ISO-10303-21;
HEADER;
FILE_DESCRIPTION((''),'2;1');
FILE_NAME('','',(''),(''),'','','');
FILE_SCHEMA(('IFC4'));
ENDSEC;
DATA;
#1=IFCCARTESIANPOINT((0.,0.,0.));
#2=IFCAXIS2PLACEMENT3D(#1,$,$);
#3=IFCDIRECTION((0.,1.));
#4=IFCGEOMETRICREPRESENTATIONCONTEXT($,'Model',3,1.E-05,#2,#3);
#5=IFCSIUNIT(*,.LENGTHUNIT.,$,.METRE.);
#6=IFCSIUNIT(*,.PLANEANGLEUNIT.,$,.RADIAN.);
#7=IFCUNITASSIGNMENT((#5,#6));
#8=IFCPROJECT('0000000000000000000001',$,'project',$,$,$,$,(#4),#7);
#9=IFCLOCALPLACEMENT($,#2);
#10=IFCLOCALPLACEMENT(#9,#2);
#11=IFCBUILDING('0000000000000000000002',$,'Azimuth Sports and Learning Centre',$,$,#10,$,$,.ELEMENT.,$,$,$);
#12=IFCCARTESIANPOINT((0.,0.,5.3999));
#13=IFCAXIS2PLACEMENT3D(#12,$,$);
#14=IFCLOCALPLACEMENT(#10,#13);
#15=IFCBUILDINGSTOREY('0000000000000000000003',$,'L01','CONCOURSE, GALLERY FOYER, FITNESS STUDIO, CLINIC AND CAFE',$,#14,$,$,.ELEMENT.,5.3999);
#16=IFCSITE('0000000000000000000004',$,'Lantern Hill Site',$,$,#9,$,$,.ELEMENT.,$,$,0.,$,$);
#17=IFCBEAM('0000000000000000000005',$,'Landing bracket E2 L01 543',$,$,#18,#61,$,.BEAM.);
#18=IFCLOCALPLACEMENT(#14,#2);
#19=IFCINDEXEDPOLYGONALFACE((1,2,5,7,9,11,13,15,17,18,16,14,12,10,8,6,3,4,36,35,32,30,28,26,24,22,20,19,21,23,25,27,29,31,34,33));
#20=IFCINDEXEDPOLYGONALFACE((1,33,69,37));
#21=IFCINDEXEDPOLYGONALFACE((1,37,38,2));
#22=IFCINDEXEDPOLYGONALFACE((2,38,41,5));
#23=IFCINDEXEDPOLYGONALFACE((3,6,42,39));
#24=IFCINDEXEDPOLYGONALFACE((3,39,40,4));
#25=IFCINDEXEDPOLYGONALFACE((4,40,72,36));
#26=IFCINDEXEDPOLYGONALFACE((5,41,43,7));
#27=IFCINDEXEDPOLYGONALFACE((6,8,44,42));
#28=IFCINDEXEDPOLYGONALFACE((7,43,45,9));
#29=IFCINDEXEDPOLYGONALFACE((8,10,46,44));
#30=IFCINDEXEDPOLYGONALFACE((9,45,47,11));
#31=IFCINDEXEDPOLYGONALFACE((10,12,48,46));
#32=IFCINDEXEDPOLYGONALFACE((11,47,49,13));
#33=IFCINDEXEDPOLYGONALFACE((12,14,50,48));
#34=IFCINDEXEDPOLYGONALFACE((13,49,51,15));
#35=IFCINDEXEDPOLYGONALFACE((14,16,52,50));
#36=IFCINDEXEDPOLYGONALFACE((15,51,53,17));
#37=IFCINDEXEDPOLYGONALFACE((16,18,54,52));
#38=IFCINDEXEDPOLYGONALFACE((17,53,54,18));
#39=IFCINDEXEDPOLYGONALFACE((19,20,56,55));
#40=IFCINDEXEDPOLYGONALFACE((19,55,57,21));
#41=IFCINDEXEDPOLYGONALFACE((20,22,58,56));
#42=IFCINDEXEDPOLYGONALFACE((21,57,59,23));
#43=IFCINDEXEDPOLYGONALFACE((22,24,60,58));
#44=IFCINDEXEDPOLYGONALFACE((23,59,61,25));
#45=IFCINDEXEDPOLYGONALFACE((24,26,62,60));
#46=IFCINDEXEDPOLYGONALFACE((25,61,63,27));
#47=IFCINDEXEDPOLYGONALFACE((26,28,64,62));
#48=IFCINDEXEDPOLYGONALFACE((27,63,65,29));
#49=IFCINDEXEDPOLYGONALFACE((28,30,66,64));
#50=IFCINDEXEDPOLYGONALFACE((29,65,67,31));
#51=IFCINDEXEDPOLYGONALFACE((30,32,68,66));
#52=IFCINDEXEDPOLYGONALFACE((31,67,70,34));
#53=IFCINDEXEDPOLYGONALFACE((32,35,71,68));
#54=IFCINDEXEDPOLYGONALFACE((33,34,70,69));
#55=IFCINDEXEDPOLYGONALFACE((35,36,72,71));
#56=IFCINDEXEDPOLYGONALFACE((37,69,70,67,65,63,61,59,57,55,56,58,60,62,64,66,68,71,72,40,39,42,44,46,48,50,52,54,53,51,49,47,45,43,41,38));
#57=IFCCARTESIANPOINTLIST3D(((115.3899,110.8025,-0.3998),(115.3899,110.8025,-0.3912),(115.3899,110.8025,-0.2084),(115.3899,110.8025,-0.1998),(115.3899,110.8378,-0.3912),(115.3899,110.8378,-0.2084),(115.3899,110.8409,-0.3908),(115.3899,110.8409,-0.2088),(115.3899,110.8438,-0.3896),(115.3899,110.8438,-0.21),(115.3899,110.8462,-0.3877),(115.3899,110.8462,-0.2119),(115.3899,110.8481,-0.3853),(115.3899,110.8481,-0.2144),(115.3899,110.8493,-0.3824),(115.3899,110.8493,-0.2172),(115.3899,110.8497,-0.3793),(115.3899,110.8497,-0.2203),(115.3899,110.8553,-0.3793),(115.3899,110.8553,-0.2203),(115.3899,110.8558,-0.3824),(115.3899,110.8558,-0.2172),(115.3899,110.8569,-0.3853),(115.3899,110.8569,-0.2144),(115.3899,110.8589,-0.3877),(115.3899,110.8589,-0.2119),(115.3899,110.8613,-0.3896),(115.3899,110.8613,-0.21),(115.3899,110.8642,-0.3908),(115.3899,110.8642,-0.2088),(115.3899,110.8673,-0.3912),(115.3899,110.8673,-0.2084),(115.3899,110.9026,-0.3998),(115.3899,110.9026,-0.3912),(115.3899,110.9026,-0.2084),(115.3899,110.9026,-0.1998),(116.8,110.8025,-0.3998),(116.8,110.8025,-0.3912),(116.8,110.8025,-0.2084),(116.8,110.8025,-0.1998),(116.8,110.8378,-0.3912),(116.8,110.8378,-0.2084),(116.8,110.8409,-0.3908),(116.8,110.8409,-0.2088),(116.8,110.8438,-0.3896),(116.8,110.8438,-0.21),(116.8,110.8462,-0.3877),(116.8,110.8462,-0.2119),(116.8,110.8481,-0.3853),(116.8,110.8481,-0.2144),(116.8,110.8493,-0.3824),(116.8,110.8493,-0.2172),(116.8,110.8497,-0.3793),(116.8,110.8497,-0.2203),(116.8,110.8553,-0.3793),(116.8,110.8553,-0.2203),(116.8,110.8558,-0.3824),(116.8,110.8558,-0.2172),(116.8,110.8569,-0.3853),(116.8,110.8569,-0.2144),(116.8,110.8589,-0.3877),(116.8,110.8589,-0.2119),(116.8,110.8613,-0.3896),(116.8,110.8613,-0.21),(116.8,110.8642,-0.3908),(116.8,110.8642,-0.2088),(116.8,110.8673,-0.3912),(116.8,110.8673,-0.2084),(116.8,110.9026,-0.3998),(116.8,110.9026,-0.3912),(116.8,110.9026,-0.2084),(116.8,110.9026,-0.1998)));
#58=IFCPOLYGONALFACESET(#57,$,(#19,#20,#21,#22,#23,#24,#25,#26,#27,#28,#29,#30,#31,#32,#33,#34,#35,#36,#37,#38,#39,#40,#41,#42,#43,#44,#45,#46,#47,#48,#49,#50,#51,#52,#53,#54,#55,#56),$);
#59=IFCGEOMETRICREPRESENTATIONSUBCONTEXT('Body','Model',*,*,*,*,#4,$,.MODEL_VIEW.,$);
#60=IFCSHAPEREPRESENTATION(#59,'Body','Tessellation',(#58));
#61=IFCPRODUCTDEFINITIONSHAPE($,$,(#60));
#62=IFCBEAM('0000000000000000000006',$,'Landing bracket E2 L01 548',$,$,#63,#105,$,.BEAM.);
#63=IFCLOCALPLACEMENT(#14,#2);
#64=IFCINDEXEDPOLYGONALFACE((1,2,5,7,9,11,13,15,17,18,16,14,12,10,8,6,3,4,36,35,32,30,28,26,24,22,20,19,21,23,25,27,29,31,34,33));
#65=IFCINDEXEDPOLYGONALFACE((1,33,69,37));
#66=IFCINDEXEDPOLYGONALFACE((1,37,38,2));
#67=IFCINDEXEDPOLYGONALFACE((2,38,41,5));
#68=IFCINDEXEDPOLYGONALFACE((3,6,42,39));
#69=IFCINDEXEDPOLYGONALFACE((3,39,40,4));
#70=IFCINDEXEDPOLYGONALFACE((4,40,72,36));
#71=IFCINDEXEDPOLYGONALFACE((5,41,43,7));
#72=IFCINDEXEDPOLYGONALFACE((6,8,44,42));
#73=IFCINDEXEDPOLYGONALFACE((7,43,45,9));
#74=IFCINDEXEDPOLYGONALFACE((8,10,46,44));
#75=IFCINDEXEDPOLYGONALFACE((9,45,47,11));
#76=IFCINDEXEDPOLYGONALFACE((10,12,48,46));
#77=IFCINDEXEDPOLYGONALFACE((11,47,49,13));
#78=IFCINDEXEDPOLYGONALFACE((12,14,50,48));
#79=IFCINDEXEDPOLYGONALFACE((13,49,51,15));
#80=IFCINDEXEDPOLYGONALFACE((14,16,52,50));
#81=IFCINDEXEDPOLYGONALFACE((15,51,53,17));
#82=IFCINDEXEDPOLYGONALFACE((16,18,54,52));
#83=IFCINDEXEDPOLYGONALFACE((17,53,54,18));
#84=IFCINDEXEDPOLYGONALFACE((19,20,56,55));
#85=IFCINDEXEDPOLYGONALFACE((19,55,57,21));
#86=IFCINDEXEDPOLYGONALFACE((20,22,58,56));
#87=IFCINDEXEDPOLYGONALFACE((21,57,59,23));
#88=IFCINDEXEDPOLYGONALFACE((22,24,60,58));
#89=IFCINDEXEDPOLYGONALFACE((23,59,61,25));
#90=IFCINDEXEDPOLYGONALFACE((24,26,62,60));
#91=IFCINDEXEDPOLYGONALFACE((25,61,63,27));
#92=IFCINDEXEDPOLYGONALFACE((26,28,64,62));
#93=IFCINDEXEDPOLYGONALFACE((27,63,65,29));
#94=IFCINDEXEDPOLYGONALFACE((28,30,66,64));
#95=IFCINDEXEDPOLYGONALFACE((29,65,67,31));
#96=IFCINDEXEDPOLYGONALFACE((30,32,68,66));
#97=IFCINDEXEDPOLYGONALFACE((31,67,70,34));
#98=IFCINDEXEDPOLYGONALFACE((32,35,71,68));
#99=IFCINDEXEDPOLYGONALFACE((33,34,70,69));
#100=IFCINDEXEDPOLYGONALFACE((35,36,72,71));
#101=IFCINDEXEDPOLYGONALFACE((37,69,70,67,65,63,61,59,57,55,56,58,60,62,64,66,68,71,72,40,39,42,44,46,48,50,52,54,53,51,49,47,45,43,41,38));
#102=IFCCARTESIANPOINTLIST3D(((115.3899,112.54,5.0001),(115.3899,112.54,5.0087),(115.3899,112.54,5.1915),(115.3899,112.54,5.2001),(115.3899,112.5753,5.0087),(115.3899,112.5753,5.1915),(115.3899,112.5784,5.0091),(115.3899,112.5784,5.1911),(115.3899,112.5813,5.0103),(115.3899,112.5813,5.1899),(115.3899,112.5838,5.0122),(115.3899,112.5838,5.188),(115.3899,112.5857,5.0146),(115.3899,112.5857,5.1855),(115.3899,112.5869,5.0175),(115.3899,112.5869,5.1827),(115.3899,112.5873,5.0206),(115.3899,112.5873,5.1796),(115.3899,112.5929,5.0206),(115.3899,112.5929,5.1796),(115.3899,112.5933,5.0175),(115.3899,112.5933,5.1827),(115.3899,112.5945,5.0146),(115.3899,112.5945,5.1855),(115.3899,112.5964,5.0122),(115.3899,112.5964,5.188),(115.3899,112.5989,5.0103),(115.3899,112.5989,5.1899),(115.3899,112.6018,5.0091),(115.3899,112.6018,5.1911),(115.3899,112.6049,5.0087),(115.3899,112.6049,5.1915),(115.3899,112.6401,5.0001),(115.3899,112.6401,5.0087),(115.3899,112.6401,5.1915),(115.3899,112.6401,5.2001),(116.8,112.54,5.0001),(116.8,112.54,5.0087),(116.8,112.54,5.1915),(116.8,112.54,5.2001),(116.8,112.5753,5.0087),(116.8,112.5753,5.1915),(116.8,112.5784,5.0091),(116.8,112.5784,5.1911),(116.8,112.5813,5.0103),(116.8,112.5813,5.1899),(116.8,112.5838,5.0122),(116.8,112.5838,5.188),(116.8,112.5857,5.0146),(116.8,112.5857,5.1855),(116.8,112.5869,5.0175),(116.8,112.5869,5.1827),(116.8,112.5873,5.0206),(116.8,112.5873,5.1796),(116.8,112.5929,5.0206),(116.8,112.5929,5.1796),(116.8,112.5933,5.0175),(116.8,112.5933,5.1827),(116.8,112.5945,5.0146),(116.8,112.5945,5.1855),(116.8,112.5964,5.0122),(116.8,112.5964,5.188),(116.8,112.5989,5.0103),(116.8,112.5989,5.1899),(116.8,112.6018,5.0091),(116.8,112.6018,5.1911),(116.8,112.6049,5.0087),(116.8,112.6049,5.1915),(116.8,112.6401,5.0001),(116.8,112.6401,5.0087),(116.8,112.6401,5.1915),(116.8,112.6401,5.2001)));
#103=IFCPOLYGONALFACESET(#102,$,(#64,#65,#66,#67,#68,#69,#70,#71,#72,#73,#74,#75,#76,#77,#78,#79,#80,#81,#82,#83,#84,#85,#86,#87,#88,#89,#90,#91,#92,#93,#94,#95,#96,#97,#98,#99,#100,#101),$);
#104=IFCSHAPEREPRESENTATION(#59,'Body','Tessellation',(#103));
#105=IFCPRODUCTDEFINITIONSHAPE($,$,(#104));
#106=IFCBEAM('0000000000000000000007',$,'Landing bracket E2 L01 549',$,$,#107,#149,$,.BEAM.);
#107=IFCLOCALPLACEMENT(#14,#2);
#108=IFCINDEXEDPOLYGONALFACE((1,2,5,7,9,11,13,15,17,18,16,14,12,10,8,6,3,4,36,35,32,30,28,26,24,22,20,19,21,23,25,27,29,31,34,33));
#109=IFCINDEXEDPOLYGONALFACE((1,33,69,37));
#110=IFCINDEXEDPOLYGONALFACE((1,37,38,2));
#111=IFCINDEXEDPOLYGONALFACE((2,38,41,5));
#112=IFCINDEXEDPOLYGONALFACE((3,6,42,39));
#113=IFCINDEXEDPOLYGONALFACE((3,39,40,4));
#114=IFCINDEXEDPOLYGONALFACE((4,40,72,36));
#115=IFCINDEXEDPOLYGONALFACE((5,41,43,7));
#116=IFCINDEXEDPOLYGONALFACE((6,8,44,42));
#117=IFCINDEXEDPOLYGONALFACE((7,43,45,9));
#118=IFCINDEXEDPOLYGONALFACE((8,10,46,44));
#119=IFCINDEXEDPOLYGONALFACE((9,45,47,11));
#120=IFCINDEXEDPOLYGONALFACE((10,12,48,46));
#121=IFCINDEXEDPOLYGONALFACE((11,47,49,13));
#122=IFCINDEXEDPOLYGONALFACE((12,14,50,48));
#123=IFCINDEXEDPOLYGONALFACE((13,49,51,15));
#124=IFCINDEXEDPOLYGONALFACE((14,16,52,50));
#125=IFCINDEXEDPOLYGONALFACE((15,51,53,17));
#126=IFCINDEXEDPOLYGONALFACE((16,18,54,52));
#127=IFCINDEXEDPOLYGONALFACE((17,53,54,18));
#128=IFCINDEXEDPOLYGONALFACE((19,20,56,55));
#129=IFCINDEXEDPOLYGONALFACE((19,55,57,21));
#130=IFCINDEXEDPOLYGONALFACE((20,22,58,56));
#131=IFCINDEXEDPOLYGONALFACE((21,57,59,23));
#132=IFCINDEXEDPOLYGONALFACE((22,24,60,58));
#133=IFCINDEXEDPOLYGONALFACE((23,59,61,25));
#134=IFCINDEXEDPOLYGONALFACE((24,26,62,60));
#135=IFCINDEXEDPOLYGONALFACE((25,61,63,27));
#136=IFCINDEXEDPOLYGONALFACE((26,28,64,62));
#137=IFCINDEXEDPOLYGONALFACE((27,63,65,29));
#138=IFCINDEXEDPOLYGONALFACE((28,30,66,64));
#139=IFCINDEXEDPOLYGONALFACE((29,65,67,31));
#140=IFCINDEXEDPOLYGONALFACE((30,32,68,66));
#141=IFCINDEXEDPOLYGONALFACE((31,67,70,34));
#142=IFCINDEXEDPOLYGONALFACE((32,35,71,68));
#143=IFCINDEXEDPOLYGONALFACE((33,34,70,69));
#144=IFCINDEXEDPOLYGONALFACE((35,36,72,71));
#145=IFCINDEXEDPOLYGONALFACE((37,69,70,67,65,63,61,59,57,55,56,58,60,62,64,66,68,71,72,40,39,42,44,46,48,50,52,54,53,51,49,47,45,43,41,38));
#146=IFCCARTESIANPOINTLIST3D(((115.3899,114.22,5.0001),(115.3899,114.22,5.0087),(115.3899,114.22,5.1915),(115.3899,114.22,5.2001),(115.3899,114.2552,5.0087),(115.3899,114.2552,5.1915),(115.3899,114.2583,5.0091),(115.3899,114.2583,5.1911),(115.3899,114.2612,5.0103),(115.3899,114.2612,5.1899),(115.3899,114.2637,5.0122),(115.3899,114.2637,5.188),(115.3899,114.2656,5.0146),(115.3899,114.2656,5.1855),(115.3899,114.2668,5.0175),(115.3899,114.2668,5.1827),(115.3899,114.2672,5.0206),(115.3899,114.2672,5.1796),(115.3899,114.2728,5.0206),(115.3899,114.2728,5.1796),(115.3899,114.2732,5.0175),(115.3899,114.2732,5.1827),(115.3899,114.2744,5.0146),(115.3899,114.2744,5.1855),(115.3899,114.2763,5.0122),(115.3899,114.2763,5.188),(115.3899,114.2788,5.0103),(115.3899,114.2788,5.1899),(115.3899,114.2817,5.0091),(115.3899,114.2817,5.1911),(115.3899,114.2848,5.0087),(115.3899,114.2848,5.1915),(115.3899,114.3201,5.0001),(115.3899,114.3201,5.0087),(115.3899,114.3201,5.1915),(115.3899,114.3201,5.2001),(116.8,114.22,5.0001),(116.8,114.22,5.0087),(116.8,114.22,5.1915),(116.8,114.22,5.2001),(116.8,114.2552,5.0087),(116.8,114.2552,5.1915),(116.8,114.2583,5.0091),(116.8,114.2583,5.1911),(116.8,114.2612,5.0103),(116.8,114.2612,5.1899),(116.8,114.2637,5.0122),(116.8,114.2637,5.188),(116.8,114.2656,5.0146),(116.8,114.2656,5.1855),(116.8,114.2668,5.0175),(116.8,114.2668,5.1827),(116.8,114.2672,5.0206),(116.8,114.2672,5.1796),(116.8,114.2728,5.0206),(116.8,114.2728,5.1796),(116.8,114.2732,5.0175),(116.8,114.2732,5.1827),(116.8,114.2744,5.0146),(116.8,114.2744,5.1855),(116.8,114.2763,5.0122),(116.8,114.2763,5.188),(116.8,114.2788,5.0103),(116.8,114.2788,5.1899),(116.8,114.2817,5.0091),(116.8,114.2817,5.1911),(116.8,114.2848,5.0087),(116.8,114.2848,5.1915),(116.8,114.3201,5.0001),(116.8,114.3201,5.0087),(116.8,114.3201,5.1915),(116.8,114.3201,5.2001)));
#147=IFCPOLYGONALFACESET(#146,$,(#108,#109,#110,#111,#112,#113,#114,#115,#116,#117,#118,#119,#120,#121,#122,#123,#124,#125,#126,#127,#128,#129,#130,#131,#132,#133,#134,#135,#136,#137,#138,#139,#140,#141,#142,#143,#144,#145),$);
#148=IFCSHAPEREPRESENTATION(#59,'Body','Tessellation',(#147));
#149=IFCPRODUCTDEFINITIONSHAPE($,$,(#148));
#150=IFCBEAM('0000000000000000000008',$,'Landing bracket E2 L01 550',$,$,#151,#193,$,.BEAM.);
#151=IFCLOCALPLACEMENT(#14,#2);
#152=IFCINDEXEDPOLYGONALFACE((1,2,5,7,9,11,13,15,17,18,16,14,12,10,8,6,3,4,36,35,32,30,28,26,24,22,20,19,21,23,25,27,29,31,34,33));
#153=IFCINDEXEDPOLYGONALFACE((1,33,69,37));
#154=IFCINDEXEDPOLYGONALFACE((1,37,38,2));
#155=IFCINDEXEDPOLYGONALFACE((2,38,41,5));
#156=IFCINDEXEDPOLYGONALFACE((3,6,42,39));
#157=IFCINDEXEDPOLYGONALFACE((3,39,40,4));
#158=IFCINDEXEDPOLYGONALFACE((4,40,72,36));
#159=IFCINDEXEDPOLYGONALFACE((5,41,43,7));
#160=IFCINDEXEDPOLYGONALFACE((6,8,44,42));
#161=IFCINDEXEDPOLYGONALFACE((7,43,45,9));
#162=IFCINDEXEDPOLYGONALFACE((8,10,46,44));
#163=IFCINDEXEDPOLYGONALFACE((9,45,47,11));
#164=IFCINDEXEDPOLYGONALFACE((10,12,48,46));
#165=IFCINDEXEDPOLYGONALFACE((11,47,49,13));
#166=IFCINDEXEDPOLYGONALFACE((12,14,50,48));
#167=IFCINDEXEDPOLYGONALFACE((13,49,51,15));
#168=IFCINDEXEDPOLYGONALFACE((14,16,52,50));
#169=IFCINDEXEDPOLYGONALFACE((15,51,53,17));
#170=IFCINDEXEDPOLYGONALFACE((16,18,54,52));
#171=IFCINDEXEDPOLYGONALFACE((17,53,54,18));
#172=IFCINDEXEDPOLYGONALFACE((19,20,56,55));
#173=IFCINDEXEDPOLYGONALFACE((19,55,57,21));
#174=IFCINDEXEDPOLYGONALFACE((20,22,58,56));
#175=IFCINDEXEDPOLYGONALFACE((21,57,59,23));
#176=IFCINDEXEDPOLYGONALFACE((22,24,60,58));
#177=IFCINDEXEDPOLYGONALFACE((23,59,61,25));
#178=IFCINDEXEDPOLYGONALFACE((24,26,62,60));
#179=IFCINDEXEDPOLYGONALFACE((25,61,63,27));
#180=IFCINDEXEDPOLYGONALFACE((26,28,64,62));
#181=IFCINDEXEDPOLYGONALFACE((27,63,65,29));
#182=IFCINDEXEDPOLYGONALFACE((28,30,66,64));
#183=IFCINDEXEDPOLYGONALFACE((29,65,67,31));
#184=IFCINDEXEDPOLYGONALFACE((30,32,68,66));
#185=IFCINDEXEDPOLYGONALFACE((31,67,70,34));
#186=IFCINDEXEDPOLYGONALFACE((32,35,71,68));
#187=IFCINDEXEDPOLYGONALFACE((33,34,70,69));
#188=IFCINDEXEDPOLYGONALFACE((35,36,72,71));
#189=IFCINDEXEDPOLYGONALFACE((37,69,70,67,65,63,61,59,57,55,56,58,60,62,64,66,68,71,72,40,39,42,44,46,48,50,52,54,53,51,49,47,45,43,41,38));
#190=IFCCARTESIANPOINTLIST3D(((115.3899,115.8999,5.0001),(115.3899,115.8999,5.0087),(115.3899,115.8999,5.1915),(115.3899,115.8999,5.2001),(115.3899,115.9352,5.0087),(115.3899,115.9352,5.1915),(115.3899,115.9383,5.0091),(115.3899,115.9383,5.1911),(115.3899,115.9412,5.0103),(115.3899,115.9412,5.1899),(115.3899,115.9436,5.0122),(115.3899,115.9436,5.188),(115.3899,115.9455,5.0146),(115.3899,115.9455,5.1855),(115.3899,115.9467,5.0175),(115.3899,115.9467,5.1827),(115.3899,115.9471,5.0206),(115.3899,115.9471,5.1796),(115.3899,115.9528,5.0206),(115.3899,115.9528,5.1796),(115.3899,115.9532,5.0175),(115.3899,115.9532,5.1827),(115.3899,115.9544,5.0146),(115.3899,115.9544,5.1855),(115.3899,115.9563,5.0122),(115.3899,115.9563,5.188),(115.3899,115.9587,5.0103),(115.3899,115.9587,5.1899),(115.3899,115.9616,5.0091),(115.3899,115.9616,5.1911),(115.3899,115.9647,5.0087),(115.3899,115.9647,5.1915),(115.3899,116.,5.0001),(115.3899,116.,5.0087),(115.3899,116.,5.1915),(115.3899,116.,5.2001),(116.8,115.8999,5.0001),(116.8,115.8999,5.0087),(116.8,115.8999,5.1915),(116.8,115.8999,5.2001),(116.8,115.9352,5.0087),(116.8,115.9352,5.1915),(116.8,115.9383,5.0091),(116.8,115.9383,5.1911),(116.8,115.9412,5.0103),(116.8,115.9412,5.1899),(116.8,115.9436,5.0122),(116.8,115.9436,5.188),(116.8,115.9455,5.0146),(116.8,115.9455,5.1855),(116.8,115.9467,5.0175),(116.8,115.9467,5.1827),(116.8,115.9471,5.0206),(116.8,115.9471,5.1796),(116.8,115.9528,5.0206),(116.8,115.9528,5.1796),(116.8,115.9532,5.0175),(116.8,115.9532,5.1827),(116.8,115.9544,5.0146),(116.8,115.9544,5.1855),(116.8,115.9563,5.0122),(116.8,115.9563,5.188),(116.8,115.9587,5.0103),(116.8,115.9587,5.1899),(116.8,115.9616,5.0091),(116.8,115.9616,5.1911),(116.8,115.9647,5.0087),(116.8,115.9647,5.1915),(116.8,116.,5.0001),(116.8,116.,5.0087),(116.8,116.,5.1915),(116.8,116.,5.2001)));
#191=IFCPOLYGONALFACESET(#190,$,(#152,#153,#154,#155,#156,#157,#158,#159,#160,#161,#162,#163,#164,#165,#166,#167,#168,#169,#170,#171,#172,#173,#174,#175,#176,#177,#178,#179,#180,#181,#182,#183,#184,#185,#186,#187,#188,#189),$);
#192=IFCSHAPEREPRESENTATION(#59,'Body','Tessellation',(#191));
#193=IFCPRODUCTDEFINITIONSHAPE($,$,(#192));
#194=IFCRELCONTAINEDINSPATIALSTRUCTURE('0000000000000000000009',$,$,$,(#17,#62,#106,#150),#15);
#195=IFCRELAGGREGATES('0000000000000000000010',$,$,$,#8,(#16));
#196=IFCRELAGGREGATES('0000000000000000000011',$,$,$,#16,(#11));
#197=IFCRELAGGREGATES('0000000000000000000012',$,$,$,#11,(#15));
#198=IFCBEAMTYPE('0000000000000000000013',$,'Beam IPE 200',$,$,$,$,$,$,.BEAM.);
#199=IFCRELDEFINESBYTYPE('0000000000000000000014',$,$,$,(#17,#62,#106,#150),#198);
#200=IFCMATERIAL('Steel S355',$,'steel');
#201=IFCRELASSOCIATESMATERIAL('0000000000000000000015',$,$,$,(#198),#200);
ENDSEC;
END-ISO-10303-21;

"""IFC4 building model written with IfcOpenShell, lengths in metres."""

from ifc_helpers import new_model, si_unit, direction, frame, origin, origin_2d, place, context, subcontext, project, spatial, i_section, extrude, material, material_profile, profile_set, type_object, element, save


model = new_model("IFC4")

# Units and contexts
model_context = context("Model", 3, precision=1e-05, world=origin(), true_north=direction((0.0, 1.0)))
body_context = subcontext(model_context, "Body", "Model", "MODEL_VIEW")
ifc_project = project(units=[si_unit("LENGTHUNIT", "METRE"), si_unit("PLANEANGLEUNIT", "RADIAN")], contexts=[model_context])

# Site, building, storey
site_placement = place(None, origin())
site = spatial("IfcSite", under=ifc_project, at=site_placement, Name="Lantern Hill Site", CompositionType="ELEMENT", RefElevation=0.0)
building_placement = place(site_placement, origin())
building = spatial("IfcBuilding", under=site, at=building_placement, Name="Azimuth Sports and Learning Centre", CompositionType="ELEMENT")
storey_placement = place(building_placement, frame((0.0, 0.0, 5.3999)))
storey = spatial("IfcBuildingStorey", under=building, at=storey_placement, Name="L01", Description="CONCOURSE, GALLERY FOYER, FITNESS STUDIO, CLINIC AND CAFE", CompositionType="ELEMENT", Elevation=5.3999)

# Beams
ifc_material_1 = material(Name="Steel S355", Category="steel")
ifc_material_profile_1 = material_profile(ifc_material_1, i_section(OverallWidth=0.1001, OverallDepth=0.2, WebThickness=0.0056, FlangeThickness=0.0085, FilletRadius=0.012, at=origin_2d()), Name="IPE 200")
ifc_profile_set_1 = profile_set([ifc_material_profile_1], Name="Steel S355")
beam_type_1 = type_object("IfcBeamType", Name="Beam IPE 200", PredefinedType="BEAM", material=ifc_profile_set_1)
for number, where, z_axis, x_axis, name in (
    (1, (116.8, 110.8525, -0.2998), (-1.0, 0.0, 0.0), (0.0, -1.0, 0.0), "Landing bracket E2 L01 543"),
    (2, (116.8, 112.5901, 5.1001), (-1.0, 0.0, 0.0), (0.0, -1.0, 0.0), "Landing bracket E2 L01 548"),
    (3, (116.8, 114.27, 5.1001), (-1.0, 0.0, 0.0), (0.0, -1.0, 0.0), "Landing bracket E2 L01 549"),
    (4, (116.8, 115.95, 5.1001), (-1.0, 0.0, 0.0), (0.0, -1.0, 0.0), "Landing bracket E2 L01 550"),
):
    element("IfcBeam", number, at=place(storey_placement, frame(where, z_axis=z_axis, x_axis=x_axis)), inside=storey, type_object=beam_type_1, Name=name, PredefinedType="BEAM", context=body_context, shape_type="SweptSolid", body=[
        extrude(i_section(OverallWidth=0.1001, OverallDepth=0.2, WebThickness=0.0056, FlangeThickness=0.0085, FilletRadius=0.012, at=origin_2d()), origin(), (0.0, 0.0, 1.0), 1.4102),
    ])

save(model, "model.ifc")
